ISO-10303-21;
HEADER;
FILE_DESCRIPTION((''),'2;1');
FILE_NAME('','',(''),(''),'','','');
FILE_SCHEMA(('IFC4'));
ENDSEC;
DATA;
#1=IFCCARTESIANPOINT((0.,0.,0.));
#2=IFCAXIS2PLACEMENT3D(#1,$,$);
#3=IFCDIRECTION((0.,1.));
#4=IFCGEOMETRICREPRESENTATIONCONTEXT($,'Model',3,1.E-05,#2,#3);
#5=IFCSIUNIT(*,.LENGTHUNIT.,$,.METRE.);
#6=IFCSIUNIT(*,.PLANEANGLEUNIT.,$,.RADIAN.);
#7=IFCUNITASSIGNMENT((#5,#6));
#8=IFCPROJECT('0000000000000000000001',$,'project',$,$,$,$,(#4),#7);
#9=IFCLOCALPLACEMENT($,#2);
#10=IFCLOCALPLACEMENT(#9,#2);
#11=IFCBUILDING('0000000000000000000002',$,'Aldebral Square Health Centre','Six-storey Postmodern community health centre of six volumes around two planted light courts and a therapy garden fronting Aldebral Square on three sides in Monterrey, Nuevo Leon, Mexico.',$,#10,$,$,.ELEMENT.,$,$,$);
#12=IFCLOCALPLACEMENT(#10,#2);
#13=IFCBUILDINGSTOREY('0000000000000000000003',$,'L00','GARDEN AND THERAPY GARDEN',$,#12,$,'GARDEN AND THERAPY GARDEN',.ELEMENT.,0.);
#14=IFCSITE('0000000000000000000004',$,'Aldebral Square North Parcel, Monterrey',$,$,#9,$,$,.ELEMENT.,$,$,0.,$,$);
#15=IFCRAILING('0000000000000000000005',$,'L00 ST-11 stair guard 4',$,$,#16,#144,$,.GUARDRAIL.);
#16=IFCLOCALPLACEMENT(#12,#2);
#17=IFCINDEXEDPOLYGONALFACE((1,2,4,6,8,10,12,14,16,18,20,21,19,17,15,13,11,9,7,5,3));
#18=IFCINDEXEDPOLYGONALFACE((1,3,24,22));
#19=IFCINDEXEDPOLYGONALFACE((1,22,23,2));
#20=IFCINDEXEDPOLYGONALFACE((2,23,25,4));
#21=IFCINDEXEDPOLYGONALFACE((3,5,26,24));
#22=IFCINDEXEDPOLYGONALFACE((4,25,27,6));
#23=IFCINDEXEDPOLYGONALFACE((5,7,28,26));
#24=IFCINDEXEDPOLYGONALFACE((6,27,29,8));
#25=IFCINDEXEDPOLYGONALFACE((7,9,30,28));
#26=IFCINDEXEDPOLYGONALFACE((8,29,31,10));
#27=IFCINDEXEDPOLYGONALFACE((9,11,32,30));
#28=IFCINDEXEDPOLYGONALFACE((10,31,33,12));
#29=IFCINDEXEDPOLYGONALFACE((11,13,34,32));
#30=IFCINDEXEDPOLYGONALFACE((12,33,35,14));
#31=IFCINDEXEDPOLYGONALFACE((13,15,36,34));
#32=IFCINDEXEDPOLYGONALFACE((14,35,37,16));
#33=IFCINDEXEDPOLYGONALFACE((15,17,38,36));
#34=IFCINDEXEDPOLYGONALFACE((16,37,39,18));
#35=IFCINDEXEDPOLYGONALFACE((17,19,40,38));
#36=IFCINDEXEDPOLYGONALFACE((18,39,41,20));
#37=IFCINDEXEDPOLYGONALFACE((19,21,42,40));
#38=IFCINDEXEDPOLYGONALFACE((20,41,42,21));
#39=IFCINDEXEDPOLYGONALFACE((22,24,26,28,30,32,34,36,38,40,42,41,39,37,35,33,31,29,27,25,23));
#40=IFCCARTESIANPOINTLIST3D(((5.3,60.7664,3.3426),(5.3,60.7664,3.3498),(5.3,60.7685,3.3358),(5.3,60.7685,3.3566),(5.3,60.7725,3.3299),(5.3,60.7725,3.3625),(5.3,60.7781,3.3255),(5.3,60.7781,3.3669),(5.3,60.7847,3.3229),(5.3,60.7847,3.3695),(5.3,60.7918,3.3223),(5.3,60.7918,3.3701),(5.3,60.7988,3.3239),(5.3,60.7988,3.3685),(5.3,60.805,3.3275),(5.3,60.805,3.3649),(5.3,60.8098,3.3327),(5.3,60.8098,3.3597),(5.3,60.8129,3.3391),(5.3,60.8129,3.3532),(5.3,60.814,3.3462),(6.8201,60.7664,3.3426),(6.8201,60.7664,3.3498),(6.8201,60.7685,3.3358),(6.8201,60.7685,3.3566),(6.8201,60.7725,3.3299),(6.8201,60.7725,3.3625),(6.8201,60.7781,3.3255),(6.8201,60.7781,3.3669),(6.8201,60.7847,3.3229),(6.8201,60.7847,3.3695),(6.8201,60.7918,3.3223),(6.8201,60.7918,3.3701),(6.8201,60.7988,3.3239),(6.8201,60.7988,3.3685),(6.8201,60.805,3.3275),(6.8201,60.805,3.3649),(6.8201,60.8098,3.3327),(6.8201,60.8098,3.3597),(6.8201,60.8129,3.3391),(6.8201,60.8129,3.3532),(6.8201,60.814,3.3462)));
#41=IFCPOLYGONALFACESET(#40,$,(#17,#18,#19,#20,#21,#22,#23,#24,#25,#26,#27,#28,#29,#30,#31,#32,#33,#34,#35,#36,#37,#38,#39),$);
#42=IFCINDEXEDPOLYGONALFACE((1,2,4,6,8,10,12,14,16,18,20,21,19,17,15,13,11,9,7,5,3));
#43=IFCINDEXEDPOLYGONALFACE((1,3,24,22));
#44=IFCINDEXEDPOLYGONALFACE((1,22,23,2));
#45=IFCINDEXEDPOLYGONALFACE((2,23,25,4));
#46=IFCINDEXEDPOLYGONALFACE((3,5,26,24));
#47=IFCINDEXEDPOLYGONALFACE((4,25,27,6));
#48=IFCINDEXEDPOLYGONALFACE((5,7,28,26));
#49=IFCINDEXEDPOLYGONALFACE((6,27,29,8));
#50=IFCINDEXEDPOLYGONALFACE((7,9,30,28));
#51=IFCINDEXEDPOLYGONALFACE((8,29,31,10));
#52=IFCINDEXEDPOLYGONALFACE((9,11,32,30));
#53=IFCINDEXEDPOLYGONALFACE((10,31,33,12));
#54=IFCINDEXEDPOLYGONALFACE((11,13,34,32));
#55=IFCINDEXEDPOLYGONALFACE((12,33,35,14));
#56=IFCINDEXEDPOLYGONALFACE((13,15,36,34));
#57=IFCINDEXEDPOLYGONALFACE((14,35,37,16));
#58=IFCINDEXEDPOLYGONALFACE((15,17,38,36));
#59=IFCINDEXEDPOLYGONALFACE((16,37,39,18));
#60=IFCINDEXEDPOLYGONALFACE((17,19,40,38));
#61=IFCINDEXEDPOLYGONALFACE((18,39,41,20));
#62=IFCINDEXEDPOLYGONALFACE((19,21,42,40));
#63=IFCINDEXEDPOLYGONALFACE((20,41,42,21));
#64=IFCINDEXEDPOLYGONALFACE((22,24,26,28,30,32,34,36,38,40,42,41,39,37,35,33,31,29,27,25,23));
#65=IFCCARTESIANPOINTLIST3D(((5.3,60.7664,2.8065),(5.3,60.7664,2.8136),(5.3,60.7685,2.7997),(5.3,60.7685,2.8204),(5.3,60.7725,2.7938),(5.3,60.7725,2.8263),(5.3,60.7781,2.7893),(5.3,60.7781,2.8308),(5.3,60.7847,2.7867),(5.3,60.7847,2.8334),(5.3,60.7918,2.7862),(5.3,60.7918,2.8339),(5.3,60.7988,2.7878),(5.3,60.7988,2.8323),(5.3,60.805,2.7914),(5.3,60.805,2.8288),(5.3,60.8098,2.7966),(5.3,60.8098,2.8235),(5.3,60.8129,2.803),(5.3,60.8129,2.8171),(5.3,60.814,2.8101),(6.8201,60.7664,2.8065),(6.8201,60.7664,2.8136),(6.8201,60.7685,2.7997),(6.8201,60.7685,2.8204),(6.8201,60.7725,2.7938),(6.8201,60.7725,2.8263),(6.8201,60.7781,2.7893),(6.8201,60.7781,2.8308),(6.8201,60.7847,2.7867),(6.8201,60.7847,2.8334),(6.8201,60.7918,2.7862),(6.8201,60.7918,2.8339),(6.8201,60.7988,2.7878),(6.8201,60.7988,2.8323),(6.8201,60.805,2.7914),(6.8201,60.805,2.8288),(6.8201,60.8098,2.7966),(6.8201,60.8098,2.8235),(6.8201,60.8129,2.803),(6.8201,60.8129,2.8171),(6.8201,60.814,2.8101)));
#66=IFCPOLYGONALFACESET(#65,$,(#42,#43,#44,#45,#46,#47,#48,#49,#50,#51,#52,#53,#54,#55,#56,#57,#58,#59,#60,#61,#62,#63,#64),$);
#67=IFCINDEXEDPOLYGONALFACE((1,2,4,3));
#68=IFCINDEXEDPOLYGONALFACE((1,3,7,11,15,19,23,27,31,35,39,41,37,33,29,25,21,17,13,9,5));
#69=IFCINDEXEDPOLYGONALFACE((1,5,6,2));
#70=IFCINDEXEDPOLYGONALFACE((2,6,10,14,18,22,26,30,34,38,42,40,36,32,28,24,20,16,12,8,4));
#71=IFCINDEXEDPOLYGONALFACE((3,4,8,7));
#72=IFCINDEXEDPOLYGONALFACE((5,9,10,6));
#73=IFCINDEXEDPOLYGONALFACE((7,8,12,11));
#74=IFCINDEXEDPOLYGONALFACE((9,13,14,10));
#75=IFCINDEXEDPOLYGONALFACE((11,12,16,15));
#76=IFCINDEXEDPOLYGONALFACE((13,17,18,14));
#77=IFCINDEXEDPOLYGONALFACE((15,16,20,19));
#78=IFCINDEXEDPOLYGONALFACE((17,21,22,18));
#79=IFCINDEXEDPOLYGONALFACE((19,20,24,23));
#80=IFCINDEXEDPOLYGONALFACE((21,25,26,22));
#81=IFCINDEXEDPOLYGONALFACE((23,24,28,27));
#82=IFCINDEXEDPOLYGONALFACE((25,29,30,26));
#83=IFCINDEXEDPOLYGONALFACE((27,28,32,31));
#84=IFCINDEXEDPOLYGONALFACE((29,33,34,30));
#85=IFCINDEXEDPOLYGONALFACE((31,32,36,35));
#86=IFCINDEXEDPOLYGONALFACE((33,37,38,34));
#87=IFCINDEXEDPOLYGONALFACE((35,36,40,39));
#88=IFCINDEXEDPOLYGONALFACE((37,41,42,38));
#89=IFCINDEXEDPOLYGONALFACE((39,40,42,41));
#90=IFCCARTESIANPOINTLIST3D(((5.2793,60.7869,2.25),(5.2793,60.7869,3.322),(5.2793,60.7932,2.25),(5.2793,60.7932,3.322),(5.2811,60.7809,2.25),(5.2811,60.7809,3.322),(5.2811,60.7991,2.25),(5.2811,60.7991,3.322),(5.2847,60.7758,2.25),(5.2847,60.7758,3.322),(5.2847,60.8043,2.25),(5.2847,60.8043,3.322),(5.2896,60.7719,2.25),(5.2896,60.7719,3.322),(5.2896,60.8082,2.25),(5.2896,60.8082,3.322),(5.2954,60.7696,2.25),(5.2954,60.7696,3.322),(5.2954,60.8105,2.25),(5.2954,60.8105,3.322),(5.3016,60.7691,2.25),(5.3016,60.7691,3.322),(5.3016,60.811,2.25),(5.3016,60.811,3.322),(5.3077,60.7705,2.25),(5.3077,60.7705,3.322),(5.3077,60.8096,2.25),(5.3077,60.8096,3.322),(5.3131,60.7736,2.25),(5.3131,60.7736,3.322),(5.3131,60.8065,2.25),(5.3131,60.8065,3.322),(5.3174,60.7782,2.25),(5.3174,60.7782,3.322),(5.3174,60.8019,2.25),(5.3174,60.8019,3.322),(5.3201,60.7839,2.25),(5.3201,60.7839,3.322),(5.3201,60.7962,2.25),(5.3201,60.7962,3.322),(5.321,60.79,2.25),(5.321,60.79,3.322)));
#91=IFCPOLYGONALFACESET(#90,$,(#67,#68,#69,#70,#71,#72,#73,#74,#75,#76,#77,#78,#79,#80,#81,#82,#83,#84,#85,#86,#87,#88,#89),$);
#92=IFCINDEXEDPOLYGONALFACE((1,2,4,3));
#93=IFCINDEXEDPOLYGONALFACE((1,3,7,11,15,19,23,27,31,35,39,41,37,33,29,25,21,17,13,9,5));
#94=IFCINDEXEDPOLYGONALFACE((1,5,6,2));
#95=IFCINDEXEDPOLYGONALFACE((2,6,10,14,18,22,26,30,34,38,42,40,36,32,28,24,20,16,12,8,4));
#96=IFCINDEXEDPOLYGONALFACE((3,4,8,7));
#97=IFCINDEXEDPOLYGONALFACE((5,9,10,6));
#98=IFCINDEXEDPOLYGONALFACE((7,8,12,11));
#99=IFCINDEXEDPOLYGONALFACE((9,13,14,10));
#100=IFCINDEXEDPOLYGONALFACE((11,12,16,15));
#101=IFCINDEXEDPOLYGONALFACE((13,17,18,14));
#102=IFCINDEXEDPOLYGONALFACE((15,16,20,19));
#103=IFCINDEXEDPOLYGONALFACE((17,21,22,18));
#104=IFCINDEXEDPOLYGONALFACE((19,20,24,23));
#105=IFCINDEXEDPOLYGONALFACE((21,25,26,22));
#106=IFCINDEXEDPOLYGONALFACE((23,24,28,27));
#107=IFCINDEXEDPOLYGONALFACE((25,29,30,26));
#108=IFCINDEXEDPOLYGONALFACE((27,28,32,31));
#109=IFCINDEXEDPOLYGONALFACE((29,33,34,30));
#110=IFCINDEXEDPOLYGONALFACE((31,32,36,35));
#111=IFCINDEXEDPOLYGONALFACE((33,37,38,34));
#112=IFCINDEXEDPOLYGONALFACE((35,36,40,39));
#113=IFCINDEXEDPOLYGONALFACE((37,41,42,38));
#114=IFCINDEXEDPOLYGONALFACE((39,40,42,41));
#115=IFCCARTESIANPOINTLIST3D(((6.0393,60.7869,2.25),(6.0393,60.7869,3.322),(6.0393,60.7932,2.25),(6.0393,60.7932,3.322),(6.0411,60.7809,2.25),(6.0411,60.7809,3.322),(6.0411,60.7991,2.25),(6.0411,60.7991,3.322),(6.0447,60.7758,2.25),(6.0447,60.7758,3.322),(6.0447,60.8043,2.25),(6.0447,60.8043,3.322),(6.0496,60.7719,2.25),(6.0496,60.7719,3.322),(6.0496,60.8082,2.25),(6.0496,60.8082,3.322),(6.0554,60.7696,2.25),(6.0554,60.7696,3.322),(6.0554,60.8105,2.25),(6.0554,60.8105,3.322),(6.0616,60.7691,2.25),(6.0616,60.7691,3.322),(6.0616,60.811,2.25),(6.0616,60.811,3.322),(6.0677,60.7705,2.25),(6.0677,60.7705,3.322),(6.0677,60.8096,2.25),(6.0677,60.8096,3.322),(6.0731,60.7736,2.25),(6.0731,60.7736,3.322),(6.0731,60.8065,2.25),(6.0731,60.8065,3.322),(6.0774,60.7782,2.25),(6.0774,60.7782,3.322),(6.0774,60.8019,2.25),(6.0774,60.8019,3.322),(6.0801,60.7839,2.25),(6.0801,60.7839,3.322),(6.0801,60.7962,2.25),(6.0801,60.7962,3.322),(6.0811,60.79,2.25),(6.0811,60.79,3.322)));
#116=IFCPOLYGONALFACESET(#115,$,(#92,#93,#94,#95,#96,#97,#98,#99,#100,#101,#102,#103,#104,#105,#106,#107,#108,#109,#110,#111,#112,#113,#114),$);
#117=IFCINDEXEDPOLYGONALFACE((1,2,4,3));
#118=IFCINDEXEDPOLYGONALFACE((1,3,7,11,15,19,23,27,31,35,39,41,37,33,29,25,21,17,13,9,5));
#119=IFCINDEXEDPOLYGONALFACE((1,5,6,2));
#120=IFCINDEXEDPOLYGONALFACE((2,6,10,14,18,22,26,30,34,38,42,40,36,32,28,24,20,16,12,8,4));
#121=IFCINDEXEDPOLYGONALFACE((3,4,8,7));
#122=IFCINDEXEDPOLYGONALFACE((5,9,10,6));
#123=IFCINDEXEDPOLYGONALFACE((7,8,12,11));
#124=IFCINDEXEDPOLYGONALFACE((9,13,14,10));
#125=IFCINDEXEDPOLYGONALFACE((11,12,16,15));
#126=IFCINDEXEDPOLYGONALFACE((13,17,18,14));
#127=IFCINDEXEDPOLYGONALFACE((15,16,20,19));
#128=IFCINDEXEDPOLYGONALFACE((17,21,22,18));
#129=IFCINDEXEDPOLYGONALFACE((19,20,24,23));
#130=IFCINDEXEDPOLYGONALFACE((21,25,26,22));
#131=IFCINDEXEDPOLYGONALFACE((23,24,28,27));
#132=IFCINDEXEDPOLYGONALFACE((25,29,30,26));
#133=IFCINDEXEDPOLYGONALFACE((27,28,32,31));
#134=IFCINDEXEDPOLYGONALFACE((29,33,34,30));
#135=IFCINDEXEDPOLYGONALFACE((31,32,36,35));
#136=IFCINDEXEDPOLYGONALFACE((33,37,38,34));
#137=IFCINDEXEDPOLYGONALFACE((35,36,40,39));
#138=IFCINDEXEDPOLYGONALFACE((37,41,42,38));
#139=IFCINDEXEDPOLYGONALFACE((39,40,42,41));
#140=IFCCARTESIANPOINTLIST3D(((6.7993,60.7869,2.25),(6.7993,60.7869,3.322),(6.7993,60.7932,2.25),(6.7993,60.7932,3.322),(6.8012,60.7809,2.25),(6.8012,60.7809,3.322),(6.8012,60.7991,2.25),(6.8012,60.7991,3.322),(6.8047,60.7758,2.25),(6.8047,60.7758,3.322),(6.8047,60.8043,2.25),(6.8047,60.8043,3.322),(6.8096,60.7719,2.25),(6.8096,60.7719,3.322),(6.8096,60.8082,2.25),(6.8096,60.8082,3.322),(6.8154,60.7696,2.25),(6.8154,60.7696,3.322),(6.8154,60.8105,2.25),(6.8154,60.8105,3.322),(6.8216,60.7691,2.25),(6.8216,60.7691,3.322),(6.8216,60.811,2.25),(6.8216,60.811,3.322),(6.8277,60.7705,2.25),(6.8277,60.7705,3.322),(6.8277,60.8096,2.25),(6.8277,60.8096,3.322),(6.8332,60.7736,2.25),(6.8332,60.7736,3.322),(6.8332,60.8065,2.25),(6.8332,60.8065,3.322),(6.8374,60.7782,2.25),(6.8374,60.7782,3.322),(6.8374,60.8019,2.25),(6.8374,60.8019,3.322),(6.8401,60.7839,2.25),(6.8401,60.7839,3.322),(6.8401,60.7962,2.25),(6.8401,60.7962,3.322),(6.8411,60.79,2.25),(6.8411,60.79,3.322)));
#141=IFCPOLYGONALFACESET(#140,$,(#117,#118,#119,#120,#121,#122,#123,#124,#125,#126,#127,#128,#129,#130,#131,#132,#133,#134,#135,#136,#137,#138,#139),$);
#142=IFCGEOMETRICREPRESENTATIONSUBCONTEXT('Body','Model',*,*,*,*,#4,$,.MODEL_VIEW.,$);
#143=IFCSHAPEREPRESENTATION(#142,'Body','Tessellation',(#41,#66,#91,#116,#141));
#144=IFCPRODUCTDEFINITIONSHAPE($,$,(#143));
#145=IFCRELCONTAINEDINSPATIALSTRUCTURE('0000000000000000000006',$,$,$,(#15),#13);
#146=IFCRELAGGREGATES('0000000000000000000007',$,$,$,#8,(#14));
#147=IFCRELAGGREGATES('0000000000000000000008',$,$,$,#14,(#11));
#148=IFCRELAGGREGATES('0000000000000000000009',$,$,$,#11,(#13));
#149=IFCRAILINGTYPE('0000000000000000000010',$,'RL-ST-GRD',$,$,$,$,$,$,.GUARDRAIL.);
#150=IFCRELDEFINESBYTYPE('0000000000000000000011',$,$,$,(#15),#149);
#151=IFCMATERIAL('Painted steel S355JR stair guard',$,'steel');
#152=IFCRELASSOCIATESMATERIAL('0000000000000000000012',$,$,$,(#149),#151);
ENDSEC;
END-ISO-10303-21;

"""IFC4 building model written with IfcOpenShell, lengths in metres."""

from ifc_helpers import new_model, si_unit, direction, frame, origin, origin_2d, place, context, subcontext, project, spatial, circle, extrude, material, type_object, element, save


model = new_model("IFC4")

# Units and contexts
model_context = context("Model", 3, precision=1e-05, world=origin(), true_north=direction((0.0, 1.0)))
body_context = subcontext(model_context, "Body", "Model", "MODEL_VIEW")
ifc_project = project(units=[si_unit("LENGTHUNIT", "METRE"), si_unit("PLANEANGLEUNIT", "RADIAN")], contexts=[model_context])

# Site, building, storey
site_placement = place(None, origin())
site = spatial("IfcSite", under=ifc_project, at=site_placement, Name="Aldebral Square North Parcel, Monterrey", CompositionType="ELEMENT", RefElevation=0.0)
building_placement = place(site_placement, origin())
building = spatial("IfcBuilding", under=site, at=building_placement, Name="Aldebral Square Health Centre", Description="Six-storey Postmodern community health centre of six volumes around two planted light courts and a therapy garden fronting Aldebral Square on three sides in Monterrey, Nuevo Leon, Mexico.", CompositionType="ELEMENT")
storey_placement = place(building_placement, origin())
storey = spatial("IfcBuildingStorey", under=building, at=storey_placement, Name="L00", Description="GARDEN AND THERAPY GARDEN", LongName="GARDEN AND THERAPY GARDEN", CompositionType="ELEMENT", Elevation=0.0)

# Railing
ifc_material_1 = material(Name="Painted steel S355JR stair guard", Category="steel")
railing_type_1 = type_object("IfcRailingType", Name="RL-ST-GRD", PredefinedType="GUARDRAIL", material=ifc_material_1)
railing_1_placement = place(storey_placement, frame((5.3, 60.79, 2.25)))
element("IfcRailing", 1, at=railing_1_placement, inside=storey, type_object=railing_type_1, Name="L00 ST-11 stair guard 4", PredefinedType="GUARDRAIL", context=body_context, shape_type="SweptSolid", body=[
    extrude(circle(Radius=0.0239, at=origin_2d()), frame((0.0, 0.0, 1.0962), z_axis=(1.0, 0.0, 0.0), x_axis=(0.0, 1.0, 0.0)), (0.0, 0.0, 1.0), 1.52),
    extrude(circle(Radius=0.0239, at=origin_2d()), frame((0.0, 0.0, 0.5601), z_axis=(1.0, 0.0, 0.0), x_axis=(0.0, 1.0, 0.0)), (0.0, 0.0, 1.0), 1.52),
    extrude(circle(Radius=0.021, at=origin_2d()), origin(), (0.0, 0.0, 1.0), 1.072),
    extrude(circle(Radius=0.021, at=origin_2d()), frame((0.76, 0.0, 0.0)), (0.0, 0.0, 1.0), 1.072),
    extrude(circle(Radius=0.021, at=origin_2d()), frame((1.52, 0.0, 0.0)), (0.0, 0.0, 1.0), 1.072),
])

save(model, "model.ifc")
